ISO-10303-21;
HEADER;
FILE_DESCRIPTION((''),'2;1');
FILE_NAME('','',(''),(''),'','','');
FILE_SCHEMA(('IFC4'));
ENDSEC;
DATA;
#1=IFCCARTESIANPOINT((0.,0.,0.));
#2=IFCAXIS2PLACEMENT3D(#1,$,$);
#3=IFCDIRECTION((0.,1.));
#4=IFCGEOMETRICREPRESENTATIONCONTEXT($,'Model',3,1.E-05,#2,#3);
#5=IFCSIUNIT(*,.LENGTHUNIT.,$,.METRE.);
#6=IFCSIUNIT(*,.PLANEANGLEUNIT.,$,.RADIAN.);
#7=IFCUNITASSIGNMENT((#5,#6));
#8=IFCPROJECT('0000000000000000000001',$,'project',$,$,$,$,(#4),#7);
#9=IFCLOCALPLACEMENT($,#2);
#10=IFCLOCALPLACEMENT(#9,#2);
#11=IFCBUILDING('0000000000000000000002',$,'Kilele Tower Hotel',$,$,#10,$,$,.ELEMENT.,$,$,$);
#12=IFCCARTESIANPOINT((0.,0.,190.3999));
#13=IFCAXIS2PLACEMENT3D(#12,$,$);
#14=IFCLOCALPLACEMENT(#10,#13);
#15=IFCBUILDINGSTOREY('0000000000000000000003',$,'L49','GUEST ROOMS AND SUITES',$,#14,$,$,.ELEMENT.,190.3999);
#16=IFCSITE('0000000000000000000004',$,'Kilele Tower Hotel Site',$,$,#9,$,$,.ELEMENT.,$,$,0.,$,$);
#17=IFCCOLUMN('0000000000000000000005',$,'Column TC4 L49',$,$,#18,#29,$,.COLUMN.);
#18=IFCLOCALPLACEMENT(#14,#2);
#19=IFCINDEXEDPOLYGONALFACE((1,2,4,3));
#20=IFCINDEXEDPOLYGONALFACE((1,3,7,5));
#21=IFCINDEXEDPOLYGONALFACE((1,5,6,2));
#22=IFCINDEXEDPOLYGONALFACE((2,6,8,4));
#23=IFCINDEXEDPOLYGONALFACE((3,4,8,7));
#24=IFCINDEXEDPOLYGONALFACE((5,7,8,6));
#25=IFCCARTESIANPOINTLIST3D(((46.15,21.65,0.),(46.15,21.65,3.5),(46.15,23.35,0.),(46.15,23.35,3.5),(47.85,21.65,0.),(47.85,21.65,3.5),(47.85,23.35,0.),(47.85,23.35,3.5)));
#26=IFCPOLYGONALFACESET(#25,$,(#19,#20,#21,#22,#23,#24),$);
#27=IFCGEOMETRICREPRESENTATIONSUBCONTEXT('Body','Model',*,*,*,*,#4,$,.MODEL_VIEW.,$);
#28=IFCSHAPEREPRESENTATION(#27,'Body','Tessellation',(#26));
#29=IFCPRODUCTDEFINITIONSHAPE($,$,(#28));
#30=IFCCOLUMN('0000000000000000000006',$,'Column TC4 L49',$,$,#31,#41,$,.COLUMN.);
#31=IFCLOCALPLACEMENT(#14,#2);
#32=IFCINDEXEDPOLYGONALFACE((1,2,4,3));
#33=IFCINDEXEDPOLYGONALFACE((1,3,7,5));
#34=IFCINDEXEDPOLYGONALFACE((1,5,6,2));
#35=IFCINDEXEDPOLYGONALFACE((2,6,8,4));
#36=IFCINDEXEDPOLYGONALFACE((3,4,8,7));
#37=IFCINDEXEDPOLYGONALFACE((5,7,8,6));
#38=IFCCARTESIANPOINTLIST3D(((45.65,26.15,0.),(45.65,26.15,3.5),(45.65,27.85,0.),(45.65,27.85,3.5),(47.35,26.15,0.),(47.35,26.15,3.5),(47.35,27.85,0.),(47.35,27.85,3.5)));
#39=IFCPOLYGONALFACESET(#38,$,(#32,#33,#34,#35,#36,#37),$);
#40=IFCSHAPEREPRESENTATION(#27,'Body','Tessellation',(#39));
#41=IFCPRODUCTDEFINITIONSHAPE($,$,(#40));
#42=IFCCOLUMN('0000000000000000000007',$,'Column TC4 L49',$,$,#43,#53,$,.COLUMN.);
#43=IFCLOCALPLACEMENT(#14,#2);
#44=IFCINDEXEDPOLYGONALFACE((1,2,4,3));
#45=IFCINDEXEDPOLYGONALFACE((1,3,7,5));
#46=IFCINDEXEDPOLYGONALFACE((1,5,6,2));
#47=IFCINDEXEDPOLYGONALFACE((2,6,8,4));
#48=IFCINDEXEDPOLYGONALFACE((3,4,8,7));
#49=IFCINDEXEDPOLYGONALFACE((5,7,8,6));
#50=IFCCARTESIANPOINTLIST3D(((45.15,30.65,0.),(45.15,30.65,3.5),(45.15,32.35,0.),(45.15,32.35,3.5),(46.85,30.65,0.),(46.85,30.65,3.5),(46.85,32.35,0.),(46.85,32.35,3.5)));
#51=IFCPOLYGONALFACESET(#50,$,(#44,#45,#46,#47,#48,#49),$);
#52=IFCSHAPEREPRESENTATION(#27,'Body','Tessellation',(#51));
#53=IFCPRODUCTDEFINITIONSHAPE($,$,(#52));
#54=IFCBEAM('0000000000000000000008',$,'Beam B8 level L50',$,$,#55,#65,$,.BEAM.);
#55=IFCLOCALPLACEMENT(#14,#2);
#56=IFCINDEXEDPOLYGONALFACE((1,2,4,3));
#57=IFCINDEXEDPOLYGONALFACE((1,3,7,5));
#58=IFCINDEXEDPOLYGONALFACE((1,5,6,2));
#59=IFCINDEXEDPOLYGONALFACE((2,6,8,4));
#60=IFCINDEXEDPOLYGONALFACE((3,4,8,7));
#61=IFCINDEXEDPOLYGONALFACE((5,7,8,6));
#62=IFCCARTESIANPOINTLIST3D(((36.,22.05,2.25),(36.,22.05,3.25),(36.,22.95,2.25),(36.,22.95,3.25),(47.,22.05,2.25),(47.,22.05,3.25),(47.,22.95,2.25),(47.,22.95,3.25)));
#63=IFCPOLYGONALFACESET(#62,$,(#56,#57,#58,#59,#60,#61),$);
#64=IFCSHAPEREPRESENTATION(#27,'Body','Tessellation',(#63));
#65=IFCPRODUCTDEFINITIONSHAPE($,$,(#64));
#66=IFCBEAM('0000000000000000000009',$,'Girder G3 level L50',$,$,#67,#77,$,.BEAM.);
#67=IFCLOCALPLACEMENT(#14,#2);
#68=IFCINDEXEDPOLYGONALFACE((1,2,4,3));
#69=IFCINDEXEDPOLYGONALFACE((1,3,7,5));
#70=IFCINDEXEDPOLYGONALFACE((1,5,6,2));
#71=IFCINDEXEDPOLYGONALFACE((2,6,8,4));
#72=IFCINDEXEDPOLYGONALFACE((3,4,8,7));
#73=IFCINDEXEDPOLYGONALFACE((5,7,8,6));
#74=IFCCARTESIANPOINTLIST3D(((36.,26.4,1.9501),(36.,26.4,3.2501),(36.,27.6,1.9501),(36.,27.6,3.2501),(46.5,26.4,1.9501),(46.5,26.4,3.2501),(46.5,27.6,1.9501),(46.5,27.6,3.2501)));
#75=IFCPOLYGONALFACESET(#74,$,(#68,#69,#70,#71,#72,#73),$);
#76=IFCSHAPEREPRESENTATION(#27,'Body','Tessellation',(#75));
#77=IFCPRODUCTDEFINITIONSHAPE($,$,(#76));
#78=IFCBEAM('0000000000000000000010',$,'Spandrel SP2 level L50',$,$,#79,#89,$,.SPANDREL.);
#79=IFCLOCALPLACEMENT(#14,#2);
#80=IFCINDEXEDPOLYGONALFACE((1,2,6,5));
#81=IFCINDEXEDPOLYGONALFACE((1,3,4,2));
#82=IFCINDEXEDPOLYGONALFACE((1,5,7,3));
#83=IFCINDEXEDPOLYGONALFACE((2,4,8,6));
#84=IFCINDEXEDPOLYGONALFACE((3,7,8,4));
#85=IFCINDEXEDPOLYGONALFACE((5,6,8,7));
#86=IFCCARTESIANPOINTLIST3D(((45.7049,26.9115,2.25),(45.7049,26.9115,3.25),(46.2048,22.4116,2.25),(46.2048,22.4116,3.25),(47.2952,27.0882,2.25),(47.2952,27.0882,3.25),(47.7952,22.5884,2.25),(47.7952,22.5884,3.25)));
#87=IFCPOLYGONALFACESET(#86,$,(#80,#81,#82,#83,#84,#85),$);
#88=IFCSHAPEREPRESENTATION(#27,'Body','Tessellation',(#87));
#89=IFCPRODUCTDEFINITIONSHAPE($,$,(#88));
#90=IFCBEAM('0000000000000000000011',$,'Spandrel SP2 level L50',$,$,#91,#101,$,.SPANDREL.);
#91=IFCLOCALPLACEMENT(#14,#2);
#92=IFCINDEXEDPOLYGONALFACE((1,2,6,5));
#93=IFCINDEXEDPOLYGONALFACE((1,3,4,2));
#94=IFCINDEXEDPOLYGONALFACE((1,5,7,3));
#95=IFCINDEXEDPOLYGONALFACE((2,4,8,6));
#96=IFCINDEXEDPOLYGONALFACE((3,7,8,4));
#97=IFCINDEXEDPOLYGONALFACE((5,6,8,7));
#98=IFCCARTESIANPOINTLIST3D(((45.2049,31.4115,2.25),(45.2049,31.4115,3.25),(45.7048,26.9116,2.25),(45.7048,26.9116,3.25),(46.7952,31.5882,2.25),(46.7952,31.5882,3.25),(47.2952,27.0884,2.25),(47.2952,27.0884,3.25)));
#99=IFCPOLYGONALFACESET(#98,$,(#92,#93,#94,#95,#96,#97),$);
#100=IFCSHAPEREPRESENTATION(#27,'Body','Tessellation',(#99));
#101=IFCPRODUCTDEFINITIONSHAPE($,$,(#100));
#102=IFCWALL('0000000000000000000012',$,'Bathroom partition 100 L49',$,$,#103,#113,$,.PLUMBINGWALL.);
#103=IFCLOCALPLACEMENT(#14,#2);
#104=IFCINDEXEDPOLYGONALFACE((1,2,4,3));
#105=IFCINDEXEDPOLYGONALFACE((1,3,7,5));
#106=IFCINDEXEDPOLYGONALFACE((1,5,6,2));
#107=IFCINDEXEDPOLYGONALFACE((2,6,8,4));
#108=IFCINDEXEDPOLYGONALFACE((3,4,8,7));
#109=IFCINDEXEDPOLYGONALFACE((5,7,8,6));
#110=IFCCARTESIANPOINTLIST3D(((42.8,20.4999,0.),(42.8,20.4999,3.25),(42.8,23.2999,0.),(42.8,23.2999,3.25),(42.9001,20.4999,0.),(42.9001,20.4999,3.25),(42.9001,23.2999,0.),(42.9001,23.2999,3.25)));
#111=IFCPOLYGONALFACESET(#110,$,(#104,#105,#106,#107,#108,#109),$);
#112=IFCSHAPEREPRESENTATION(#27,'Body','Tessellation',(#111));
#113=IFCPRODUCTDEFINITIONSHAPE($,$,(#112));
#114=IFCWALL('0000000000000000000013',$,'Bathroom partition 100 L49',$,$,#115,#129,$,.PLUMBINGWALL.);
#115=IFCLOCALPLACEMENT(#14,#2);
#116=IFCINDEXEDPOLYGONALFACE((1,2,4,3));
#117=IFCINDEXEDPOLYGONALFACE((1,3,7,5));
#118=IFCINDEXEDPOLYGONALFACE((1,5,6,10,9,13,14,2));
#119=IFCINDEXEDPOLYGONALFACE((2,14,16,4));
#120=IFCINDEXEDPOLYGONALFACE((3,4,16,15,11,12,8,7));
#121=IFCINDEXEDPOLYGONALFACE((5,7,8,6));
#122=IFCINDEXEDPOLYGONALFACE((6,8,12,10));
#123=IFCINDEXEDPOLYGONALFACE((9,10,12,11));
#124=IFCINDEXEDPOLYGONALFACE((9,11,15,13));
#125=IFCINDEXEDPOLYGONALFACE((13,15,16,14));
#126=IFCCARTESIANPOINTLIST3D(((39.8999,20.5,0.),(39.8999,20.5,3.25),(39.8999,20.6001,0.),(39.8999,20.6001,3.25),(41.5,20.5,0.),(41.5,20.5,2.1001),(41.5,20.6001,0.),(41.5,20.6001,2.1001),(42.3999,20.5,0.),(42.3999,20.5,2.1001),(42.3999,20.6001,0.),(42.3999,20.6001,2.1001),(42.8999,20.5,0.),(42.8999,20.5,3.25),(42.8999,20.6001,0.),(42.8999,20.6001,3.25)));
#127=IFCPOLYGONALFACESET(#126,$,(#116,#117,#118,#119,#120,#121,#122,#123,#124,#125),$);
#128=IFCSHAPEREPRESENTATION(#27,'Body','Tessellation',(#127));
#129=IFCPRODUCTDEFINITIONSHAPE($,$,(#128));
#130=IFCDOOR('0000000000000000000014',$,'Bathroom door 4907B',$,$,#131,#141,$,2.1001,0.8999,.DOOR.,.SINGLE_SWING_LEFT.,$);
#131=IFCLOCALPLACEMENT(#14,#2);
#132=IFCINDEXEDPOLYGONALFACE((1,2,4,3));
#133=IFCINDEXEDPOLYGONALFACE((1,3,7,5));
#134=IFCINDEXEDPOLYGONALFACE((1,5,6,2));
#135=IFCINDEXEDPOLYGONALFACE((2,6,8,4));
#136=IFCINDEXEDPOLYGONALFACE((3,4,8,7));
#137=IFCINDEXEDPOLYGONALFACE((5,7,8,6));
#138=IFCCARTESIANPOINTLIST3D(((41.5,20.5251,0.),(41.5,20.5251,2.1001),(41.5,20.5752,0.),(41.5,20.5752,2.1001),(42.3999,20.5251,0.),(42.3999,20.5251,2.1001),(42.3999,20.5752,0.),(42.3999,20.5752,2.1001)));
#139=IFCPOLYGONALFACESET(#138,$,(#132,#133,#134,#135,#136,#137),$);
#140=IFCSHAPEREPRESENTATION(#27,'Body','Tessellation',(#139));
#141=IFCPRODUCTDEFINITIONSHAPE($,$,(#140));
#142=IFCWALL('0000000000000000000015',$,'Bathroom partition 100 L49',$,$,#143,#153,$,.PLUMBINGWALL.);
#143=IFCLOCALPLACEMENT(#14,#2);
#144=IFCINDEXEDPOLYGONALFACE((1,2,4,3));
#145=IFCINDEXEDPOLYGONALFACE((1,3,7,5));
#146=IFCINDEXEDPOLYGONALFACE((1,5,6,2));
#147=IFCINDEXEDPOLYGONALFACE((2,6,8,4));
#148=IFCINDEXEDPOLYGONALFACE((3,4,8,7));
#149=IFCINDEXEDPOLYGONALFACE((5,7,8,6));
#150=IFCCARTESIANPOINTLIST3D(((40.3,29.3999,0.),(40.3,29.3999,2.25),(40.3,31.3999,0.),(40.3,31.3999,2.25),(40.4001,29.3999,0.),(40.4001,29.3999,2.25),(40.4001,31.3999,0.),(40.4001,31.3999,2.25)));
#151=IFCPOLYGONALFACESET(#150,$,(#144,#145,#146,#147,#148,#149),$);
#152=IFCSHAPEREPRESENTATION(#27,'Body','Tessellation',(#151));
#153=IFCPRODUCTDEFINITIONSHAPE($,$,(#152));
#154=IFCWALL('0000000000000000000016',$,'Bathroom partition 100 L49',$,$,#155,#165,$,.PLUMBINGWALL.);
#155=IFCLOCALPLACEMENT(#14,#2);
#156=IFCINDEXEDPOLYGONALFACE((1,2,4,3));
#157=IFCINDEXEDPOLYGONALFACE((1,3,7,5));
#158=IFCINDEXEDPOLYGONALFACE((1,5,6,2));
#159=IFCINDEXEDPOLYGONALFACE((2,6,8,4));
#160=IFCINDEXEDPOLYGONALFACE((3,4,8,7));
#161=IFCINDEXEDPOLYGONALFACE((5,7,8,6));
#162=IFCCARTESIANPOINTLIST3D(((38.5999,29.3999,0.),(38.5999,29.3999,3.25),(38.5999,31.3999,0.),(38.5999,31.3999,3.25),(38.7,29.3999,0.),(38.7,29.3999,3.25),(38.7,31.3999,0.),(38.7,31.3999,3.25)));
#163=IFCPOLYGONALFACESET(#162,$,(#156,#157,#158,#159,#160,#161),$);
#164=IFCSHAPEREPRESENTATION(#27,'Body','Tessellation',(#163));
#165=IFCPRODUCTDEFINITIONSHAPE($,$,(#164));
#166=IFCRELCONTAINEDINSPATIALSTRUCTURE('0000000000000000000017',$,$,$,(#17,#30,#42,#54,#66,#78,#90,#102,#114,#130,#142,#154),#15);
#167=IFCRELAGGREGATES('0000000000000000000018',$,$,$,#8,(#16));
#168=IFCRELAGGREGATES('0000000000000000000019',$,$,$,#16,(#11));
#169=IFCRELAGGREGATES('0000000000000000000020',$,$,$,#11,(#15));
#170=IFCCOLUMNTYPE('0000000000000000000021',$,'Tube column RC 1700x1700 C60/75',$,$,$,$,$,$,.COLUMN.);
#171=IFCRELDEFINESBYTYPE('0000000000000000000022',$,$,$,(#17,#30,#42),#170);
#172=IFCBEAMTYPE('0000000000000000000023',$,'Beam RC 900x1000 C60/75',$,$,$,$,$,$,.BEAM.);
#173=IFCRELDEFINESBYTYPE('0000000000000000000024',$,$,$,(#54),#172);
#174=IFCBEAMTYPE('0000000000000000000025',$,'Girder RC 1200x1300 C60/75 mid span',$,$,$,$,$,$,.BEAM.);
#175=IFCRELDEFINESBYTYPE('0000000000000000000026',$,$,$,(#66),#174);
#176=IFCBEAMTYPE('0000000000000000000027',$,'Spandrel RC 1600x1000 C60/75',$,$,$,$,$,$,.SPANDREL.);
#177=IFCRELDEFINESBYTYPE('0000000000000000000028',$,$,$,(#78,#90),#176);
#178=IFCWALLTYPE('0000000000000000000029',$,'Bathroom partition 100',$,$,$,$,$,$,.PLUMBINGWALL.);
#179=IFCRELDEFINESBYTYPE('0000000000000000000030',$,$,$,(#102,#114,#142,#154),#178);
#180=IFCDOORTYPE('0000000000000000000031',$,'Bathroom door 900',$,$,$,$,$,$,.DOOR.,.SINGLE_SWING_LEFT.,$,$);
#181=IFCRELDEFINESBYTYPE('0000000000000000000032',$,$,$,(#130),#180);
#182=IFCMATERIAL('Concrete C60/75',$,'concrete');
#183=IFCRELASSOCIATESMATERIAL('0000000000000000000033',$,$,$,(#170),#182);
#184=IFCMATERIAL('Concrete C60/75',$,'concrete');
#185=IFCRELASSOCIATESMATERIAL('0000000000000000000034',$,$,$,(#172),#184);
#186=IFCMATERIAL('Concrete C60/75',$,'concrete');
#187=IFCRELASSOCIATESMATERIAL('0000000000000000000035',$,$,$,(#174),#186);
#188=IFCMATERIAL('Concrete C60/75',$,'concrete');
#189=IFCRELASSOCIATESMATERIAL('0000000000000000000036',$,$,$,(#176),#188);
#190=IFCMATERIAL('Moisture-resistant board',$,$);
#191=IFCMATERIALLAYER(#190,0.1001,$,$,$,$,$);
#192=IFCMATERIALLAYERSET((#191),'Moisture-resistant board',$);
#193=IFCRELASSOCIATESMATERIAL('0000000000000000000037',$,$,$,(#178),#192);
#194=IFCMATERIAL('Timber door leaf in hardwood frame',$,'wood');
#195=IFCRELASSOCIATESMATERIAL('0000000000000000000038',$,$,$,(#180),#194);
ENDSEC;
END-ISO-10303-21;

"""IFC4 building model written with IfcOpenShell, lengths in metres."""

from ifc_helpers import new_model, si_unit, direction, frame, frame_2d, origin, origin_2d, place, context, subcontext, project, spatial, rectangle, extrude, material, layer, layer_set, material_profile, profile_set, type_object, element, fill, save


model = new_model("IFC4")

# Units and contexts
model_context = context("Model", 3, precision=1e-05, world=origin(), true_north=direction((0.0, 1.0)))
body_context = subcontext(model_context, "Body", "Model", "MODEL_VIEW")
ifc_project = project(units=[si_unit("LENGTHUNIT", "METRE"), si_unit("PLANEANGLEUNIT", "RADIAN")], contexts=[model_context])

# Site, building, storey
site_placement = place(None, origin())
site = spatial("IfcSite", under=ifc_project, at=site_placement, Name="Kilele Tower Hotel Site", CompositionType="ELEMENT", RefElevation=0.0)
building_placement = place(site_placement, origin())
building = spatial("IfcBuilding", under=site, at=building_placement, Name="Kilele Tower Hotel", CompositionType="ELEMENT")
storey_placement = place(building_placement, frame((0.0, 0.0, 190.3999)))
storey = spatial("IfcBuildingStorey", under=building, at=storey_placement, Name="L49", Description="GUEST ROOMS AND SUITES", CompositionType="ELEMENT", Elevation=190.3999)

# Columns
ifc_material_1 = material(Name="Concrete C60/75", Category="concrete")
ifc_material_profile_1 = material_profile(ifc_material_1, rectangle(XDim=1.7, YDim=1.7, at=origin_2d()))
ifc_profile_set_1 = profile_set([ifc_material_profile_1], Name="Concrete C60/75")
column_type = type_object("IfcColumnType", Name="Tube column RC 1700x1700 C60/75", PredefinedType="COLUMN", material=ifc_profile_set_1)
for number, where, z_axis, x_axis, name in (
    (1, (47.0, 22.5, 0.0), (0.0, 0.0, 1.0), (1.0, 0.0, 0.0), "Column TC4 L49"),
    (2, (46.5, 27.0, 0.0), (0.0, 0.0, 1.0), (1.0, 0.0, 0.0), "Column TC4 L49"),
    (3, (46.0, 31.5, 0.0), (0.0, 0.0, 1.0), (1.0, 0.0, 0.0), "Column TC4 L49"),
):
    element("IfcColumn", number, at=place(storey_placement, frame(where, z_axis=z_axis, x_axis=x_axis)), inside=storey, type_object=column_type, Name=name, PredefinedType="COLUMN", context=body_context, shape_type="SweptSolid", body=[
        extrude(rectangle(XDim=1.7, YDim=1.7, at=origin_2d()), origin(), (0.0, 0.0, 1.0), 3.5),
    ])

# Beams
ifc_material_2 = material(Name="Concrete C60/75", Category="concrete")
ifc_material_profile_2 = material_profile(ifc_material_2, rectangle(XDim=0.8999, YDim=1.0, at=origin_2d()))
ifc_profile_set_2 = profile_set([ifc_material_profile_2], Name="Concrete C60/75")
beam_type_1 = type_object("IfcBeamType", Name="Beam RC 900x1000 C60/75", PredefinedType="BEAM", material=ifc_profile_set_2)
beam_1_placement = place(storey_placement, frame((47.0, 22.5, 2.75), z_axis=(-1.0, 0.0, 0.0), x_axis=(0.0, -1.0, 0.0)))
element("IfcBeam", 4, at=beam_1_placement, inside=storey, type_object=beam_type_1, Name="Beam B8 level L50", PredefinedType="BEAM", context=body_context, shape_type="SweptSolid", body=[
    extrude(rectangle(XDim=0.8999, YDim=1.0, at=origin_2d()), origin(), (0.0, 0.0, 1.0), 11.0),
])
ifc_material_3 = material(Name="Concrete C60/75", Category="concrete")
ifc_material_profile_3 = material_profile(ifc_material_3, rectangle(XDim=1.2, YDim=1.3, at=origin_2d()))
ifc_profile_set_3 = profile_set([ifc_material_profile_3], Name="Concrete C60/75")
beam_type_2 = type_object("IfcBeamType", Name="Girder RC 1200x1300 C60/75 mid span", PredefinedType="BEAM", material=ifc_profile_set_3)
beam_2_placement = place(storey_placement, frame((46.5, 27.0, 2.6001), z_axis=(-1.0, 0.0, 0.0), x_axis=(0.0, -1.0, 0.0)))
element("IfcBeam", 5, at=beam_2_placement, inside=storey, type_object=beam_type_2, Name="Girder G3 level L50", PredefinedType="BEAM", context=body_context, shape_type="SweptSolid", body=[
    extrude(rectangle(XDim=1.2, YDim=1.3, at=origin_2d()), origin(), (0.0, 0.0, 1.0), 10.5),
])
ifc_material_4 = material(Name="Concrete C60/75", Category="concrete")
ifc_material_profile_4 = material_profile(ifc_material_4, rectangle(XDim=1.6001, YDim=1.0, at=origin_2d()))
ifc_profile_set_4 = profile_set([ifc_material_profile_4], Name="Concrete C60/75")
beam_type_3 = type_object("IfcBeamType", Name="Spandrel RC 1600x1000 C60/75", PredefinedType="SPANDREL", material=ifc_profile_set_4)
for number, where, z_axis, x_axis, name in (
    (6, (47.0, 22.5, 2.75), (-0.110432, 0.993884, 0.0), (-0.993884, -0.110432, 0.0), "Spandrel SP2 level L50"),
    (7, (46.5, 27.0, 2.75), (-0.110432, 0.993884, 0.0), (-0.993884, -0.110432, 0.0), "Spandrel SP2 level L50"),
):
    element("IfcBeam", number, at=place(storey_placement, frame(where, z_axis=z_axis, x_axis=x_axis)), inside=storey, type_object=beam_type_3, Name=name, PredefinedType="SPANDREL", context=body_context, shape_type="SweptSolid", body=[
        extrude(rectangle(XDim=1.6001, YDim=1.0, at=origin_2d()), origin(), (0.0, 0.0, 1.0), 4.5276),
    ])

# Wall
ifc_material_5 = material(Name="Moisture-resistant board")
ifc_layer_1 = layer(ifc_material_5, 0.1001)
ifc_layer_set_1 = layer_set([ifc_layer_1], Name="Moisture-resistant board")
wall_type_1 = type_object("IfcWallType", Name="Bathroom partition 100", PredefinedType="PLUMBINGWALL", material=ifc_layer_set_1)
wall_1_placement = place(storey_placement, frame((42.8501, 20.5, 0.0), z_axis=(0.0, 0.0, 1.0), x_axis=(0.0, 1.0, 0.0)))
element("IfcWall", 8, at=wall_1_placement, inside=storey, type_object=wall_type_1, Name="Bathroom partition 100 L49", PredefinedType="PLUMBINGWALL", context=body_context, shape_type="SweptSolid", body=[
    extrude(rectangle(XDim=2.8, YDim=0.1001, at=frame_2d((1.3999, 0.0))), origin(), (0.0, 0.0, 1.0), 3.25),
])

# Wall, opening, door
wall_2_placement = place(storey_placement, frame((39.8999, 20.55, 0.0), z_axis=(0.0, 0.0, 1.0), x_axis=(1.0, 0.0, 0.0)))
wall_2 = element("IfcWall", 9, at=wall_2_placement, inside=storey, type_object=wall_type_1, Name="Bathroom partition 100 L49", PredefinedType="PLUMBINGWALL", context=body_context, shape_type="SweptSolid", body=[
    extrude(rectangle(XDim=3.0, YDim=0.1001, at=frame_2d((1.5, 0.0))), origin(), (0.0, 0.0, 1.0), 3.25),
])
opening_1_placement = place(wall_2_placement, frame((2.5, 0.0, 0.0), z_axis=(0.0, 0.0, 1.0), x_axis=(-1.0, 0.0, 0.0)))
opening_1 = element("IfcOpeningElement", 10, at=opening_1_placement, cuts=wall_2, PredefinedType="OPENING", context=body_context, shape_type="SweptSolid", body=[
    extrude(rectangle(XDim=0.8999, YDim=2.1001, at=frame_2d((0.45, 1.05))), frame((0.0, 0.0601, 0.0), z_axis=(0.0, -1.0, 0.0), x_axis=(1.0, 0.0, 0.0)), (0.0, 0.0, 1.0), 0.1201),
])
ifc_material_6 = material(Name="Timber door leaf in hardwood frame", Category="wood")
door_type_1 = type_object("IfcDoorType", Name="Bathroom door 900", OperationType="SINGLE_SWING_LEFT", PredefinedType="DOOR", material=ifc_material_6)
door_1_placement = place(opening_1_placement, origin())
door_1 = element("IfcDoor", 11, at=door_1_placement, inside=storey, type_object=door_type_1, Name="Bathroom door 4907B", OperationType="SINGLE_SWING_LEFT", OverallHeight=2.1001, OverallWidth=0.8999, PredefinedType="DOOR", context=body_context, shape_type="SweptSolid", body=[
    extrude(rectangle(XDim=0.8999, YDim=2.1001, at=frame_2d((0.45, 1.05))), frame((0.0, 0.0249, 0.0), z_axis=(0.0, -1.0, 0.0), x_axis=(1.0, 0.0, 0.0)), (0.0, 0.0, 1.0), 0.05),
])
fill(opening_1, door_1)

# Walls
wall_3_placement = place(storey_placement, frame((40.3501, 31.3999, 0.0), z_axis=(0.0, 0.0, 1.0), x_axis=(0.0, -1.0, 0.0)))
element("IfcWall", 12, at=wall_3_placement, inside=storey, type_object=wall_type_1, Name="Bathroom partition 100 L49", PredefinedType="PLUMBINGWALL", context=body_context, shape_type="SweptSolid", body=[
    extrude(rectangle(XDim=2.0, YDim=0.1001, at=frame_2d((1.0, 0.0))), origin(), (0.0, 0.0, 1.0), 2.25),
])
wall_4_placement = place(storey_placement, frame((38.6499, 31.3999, 0.0), z_axis=(0.0, 0.0, 1.0), x_axis=(0.0, -1.0, 0.0)))
element("IfcWall", 13, at=wall_4_placement, inside=storey, type_object=wall_type_1, Name="Bathroom partition 100 L49", PredefinedType="PLUMBINGWALL", context=body_context, shape_type="SweptSolid", body=[
    extrude(rectangle(XDim=2.0, YDim=0.1001, at=frame_2d((1.0, 0.0))), origin(), (0.0, 0.0, 1.0), 3.25),
])

save(model, "model.ifc")
